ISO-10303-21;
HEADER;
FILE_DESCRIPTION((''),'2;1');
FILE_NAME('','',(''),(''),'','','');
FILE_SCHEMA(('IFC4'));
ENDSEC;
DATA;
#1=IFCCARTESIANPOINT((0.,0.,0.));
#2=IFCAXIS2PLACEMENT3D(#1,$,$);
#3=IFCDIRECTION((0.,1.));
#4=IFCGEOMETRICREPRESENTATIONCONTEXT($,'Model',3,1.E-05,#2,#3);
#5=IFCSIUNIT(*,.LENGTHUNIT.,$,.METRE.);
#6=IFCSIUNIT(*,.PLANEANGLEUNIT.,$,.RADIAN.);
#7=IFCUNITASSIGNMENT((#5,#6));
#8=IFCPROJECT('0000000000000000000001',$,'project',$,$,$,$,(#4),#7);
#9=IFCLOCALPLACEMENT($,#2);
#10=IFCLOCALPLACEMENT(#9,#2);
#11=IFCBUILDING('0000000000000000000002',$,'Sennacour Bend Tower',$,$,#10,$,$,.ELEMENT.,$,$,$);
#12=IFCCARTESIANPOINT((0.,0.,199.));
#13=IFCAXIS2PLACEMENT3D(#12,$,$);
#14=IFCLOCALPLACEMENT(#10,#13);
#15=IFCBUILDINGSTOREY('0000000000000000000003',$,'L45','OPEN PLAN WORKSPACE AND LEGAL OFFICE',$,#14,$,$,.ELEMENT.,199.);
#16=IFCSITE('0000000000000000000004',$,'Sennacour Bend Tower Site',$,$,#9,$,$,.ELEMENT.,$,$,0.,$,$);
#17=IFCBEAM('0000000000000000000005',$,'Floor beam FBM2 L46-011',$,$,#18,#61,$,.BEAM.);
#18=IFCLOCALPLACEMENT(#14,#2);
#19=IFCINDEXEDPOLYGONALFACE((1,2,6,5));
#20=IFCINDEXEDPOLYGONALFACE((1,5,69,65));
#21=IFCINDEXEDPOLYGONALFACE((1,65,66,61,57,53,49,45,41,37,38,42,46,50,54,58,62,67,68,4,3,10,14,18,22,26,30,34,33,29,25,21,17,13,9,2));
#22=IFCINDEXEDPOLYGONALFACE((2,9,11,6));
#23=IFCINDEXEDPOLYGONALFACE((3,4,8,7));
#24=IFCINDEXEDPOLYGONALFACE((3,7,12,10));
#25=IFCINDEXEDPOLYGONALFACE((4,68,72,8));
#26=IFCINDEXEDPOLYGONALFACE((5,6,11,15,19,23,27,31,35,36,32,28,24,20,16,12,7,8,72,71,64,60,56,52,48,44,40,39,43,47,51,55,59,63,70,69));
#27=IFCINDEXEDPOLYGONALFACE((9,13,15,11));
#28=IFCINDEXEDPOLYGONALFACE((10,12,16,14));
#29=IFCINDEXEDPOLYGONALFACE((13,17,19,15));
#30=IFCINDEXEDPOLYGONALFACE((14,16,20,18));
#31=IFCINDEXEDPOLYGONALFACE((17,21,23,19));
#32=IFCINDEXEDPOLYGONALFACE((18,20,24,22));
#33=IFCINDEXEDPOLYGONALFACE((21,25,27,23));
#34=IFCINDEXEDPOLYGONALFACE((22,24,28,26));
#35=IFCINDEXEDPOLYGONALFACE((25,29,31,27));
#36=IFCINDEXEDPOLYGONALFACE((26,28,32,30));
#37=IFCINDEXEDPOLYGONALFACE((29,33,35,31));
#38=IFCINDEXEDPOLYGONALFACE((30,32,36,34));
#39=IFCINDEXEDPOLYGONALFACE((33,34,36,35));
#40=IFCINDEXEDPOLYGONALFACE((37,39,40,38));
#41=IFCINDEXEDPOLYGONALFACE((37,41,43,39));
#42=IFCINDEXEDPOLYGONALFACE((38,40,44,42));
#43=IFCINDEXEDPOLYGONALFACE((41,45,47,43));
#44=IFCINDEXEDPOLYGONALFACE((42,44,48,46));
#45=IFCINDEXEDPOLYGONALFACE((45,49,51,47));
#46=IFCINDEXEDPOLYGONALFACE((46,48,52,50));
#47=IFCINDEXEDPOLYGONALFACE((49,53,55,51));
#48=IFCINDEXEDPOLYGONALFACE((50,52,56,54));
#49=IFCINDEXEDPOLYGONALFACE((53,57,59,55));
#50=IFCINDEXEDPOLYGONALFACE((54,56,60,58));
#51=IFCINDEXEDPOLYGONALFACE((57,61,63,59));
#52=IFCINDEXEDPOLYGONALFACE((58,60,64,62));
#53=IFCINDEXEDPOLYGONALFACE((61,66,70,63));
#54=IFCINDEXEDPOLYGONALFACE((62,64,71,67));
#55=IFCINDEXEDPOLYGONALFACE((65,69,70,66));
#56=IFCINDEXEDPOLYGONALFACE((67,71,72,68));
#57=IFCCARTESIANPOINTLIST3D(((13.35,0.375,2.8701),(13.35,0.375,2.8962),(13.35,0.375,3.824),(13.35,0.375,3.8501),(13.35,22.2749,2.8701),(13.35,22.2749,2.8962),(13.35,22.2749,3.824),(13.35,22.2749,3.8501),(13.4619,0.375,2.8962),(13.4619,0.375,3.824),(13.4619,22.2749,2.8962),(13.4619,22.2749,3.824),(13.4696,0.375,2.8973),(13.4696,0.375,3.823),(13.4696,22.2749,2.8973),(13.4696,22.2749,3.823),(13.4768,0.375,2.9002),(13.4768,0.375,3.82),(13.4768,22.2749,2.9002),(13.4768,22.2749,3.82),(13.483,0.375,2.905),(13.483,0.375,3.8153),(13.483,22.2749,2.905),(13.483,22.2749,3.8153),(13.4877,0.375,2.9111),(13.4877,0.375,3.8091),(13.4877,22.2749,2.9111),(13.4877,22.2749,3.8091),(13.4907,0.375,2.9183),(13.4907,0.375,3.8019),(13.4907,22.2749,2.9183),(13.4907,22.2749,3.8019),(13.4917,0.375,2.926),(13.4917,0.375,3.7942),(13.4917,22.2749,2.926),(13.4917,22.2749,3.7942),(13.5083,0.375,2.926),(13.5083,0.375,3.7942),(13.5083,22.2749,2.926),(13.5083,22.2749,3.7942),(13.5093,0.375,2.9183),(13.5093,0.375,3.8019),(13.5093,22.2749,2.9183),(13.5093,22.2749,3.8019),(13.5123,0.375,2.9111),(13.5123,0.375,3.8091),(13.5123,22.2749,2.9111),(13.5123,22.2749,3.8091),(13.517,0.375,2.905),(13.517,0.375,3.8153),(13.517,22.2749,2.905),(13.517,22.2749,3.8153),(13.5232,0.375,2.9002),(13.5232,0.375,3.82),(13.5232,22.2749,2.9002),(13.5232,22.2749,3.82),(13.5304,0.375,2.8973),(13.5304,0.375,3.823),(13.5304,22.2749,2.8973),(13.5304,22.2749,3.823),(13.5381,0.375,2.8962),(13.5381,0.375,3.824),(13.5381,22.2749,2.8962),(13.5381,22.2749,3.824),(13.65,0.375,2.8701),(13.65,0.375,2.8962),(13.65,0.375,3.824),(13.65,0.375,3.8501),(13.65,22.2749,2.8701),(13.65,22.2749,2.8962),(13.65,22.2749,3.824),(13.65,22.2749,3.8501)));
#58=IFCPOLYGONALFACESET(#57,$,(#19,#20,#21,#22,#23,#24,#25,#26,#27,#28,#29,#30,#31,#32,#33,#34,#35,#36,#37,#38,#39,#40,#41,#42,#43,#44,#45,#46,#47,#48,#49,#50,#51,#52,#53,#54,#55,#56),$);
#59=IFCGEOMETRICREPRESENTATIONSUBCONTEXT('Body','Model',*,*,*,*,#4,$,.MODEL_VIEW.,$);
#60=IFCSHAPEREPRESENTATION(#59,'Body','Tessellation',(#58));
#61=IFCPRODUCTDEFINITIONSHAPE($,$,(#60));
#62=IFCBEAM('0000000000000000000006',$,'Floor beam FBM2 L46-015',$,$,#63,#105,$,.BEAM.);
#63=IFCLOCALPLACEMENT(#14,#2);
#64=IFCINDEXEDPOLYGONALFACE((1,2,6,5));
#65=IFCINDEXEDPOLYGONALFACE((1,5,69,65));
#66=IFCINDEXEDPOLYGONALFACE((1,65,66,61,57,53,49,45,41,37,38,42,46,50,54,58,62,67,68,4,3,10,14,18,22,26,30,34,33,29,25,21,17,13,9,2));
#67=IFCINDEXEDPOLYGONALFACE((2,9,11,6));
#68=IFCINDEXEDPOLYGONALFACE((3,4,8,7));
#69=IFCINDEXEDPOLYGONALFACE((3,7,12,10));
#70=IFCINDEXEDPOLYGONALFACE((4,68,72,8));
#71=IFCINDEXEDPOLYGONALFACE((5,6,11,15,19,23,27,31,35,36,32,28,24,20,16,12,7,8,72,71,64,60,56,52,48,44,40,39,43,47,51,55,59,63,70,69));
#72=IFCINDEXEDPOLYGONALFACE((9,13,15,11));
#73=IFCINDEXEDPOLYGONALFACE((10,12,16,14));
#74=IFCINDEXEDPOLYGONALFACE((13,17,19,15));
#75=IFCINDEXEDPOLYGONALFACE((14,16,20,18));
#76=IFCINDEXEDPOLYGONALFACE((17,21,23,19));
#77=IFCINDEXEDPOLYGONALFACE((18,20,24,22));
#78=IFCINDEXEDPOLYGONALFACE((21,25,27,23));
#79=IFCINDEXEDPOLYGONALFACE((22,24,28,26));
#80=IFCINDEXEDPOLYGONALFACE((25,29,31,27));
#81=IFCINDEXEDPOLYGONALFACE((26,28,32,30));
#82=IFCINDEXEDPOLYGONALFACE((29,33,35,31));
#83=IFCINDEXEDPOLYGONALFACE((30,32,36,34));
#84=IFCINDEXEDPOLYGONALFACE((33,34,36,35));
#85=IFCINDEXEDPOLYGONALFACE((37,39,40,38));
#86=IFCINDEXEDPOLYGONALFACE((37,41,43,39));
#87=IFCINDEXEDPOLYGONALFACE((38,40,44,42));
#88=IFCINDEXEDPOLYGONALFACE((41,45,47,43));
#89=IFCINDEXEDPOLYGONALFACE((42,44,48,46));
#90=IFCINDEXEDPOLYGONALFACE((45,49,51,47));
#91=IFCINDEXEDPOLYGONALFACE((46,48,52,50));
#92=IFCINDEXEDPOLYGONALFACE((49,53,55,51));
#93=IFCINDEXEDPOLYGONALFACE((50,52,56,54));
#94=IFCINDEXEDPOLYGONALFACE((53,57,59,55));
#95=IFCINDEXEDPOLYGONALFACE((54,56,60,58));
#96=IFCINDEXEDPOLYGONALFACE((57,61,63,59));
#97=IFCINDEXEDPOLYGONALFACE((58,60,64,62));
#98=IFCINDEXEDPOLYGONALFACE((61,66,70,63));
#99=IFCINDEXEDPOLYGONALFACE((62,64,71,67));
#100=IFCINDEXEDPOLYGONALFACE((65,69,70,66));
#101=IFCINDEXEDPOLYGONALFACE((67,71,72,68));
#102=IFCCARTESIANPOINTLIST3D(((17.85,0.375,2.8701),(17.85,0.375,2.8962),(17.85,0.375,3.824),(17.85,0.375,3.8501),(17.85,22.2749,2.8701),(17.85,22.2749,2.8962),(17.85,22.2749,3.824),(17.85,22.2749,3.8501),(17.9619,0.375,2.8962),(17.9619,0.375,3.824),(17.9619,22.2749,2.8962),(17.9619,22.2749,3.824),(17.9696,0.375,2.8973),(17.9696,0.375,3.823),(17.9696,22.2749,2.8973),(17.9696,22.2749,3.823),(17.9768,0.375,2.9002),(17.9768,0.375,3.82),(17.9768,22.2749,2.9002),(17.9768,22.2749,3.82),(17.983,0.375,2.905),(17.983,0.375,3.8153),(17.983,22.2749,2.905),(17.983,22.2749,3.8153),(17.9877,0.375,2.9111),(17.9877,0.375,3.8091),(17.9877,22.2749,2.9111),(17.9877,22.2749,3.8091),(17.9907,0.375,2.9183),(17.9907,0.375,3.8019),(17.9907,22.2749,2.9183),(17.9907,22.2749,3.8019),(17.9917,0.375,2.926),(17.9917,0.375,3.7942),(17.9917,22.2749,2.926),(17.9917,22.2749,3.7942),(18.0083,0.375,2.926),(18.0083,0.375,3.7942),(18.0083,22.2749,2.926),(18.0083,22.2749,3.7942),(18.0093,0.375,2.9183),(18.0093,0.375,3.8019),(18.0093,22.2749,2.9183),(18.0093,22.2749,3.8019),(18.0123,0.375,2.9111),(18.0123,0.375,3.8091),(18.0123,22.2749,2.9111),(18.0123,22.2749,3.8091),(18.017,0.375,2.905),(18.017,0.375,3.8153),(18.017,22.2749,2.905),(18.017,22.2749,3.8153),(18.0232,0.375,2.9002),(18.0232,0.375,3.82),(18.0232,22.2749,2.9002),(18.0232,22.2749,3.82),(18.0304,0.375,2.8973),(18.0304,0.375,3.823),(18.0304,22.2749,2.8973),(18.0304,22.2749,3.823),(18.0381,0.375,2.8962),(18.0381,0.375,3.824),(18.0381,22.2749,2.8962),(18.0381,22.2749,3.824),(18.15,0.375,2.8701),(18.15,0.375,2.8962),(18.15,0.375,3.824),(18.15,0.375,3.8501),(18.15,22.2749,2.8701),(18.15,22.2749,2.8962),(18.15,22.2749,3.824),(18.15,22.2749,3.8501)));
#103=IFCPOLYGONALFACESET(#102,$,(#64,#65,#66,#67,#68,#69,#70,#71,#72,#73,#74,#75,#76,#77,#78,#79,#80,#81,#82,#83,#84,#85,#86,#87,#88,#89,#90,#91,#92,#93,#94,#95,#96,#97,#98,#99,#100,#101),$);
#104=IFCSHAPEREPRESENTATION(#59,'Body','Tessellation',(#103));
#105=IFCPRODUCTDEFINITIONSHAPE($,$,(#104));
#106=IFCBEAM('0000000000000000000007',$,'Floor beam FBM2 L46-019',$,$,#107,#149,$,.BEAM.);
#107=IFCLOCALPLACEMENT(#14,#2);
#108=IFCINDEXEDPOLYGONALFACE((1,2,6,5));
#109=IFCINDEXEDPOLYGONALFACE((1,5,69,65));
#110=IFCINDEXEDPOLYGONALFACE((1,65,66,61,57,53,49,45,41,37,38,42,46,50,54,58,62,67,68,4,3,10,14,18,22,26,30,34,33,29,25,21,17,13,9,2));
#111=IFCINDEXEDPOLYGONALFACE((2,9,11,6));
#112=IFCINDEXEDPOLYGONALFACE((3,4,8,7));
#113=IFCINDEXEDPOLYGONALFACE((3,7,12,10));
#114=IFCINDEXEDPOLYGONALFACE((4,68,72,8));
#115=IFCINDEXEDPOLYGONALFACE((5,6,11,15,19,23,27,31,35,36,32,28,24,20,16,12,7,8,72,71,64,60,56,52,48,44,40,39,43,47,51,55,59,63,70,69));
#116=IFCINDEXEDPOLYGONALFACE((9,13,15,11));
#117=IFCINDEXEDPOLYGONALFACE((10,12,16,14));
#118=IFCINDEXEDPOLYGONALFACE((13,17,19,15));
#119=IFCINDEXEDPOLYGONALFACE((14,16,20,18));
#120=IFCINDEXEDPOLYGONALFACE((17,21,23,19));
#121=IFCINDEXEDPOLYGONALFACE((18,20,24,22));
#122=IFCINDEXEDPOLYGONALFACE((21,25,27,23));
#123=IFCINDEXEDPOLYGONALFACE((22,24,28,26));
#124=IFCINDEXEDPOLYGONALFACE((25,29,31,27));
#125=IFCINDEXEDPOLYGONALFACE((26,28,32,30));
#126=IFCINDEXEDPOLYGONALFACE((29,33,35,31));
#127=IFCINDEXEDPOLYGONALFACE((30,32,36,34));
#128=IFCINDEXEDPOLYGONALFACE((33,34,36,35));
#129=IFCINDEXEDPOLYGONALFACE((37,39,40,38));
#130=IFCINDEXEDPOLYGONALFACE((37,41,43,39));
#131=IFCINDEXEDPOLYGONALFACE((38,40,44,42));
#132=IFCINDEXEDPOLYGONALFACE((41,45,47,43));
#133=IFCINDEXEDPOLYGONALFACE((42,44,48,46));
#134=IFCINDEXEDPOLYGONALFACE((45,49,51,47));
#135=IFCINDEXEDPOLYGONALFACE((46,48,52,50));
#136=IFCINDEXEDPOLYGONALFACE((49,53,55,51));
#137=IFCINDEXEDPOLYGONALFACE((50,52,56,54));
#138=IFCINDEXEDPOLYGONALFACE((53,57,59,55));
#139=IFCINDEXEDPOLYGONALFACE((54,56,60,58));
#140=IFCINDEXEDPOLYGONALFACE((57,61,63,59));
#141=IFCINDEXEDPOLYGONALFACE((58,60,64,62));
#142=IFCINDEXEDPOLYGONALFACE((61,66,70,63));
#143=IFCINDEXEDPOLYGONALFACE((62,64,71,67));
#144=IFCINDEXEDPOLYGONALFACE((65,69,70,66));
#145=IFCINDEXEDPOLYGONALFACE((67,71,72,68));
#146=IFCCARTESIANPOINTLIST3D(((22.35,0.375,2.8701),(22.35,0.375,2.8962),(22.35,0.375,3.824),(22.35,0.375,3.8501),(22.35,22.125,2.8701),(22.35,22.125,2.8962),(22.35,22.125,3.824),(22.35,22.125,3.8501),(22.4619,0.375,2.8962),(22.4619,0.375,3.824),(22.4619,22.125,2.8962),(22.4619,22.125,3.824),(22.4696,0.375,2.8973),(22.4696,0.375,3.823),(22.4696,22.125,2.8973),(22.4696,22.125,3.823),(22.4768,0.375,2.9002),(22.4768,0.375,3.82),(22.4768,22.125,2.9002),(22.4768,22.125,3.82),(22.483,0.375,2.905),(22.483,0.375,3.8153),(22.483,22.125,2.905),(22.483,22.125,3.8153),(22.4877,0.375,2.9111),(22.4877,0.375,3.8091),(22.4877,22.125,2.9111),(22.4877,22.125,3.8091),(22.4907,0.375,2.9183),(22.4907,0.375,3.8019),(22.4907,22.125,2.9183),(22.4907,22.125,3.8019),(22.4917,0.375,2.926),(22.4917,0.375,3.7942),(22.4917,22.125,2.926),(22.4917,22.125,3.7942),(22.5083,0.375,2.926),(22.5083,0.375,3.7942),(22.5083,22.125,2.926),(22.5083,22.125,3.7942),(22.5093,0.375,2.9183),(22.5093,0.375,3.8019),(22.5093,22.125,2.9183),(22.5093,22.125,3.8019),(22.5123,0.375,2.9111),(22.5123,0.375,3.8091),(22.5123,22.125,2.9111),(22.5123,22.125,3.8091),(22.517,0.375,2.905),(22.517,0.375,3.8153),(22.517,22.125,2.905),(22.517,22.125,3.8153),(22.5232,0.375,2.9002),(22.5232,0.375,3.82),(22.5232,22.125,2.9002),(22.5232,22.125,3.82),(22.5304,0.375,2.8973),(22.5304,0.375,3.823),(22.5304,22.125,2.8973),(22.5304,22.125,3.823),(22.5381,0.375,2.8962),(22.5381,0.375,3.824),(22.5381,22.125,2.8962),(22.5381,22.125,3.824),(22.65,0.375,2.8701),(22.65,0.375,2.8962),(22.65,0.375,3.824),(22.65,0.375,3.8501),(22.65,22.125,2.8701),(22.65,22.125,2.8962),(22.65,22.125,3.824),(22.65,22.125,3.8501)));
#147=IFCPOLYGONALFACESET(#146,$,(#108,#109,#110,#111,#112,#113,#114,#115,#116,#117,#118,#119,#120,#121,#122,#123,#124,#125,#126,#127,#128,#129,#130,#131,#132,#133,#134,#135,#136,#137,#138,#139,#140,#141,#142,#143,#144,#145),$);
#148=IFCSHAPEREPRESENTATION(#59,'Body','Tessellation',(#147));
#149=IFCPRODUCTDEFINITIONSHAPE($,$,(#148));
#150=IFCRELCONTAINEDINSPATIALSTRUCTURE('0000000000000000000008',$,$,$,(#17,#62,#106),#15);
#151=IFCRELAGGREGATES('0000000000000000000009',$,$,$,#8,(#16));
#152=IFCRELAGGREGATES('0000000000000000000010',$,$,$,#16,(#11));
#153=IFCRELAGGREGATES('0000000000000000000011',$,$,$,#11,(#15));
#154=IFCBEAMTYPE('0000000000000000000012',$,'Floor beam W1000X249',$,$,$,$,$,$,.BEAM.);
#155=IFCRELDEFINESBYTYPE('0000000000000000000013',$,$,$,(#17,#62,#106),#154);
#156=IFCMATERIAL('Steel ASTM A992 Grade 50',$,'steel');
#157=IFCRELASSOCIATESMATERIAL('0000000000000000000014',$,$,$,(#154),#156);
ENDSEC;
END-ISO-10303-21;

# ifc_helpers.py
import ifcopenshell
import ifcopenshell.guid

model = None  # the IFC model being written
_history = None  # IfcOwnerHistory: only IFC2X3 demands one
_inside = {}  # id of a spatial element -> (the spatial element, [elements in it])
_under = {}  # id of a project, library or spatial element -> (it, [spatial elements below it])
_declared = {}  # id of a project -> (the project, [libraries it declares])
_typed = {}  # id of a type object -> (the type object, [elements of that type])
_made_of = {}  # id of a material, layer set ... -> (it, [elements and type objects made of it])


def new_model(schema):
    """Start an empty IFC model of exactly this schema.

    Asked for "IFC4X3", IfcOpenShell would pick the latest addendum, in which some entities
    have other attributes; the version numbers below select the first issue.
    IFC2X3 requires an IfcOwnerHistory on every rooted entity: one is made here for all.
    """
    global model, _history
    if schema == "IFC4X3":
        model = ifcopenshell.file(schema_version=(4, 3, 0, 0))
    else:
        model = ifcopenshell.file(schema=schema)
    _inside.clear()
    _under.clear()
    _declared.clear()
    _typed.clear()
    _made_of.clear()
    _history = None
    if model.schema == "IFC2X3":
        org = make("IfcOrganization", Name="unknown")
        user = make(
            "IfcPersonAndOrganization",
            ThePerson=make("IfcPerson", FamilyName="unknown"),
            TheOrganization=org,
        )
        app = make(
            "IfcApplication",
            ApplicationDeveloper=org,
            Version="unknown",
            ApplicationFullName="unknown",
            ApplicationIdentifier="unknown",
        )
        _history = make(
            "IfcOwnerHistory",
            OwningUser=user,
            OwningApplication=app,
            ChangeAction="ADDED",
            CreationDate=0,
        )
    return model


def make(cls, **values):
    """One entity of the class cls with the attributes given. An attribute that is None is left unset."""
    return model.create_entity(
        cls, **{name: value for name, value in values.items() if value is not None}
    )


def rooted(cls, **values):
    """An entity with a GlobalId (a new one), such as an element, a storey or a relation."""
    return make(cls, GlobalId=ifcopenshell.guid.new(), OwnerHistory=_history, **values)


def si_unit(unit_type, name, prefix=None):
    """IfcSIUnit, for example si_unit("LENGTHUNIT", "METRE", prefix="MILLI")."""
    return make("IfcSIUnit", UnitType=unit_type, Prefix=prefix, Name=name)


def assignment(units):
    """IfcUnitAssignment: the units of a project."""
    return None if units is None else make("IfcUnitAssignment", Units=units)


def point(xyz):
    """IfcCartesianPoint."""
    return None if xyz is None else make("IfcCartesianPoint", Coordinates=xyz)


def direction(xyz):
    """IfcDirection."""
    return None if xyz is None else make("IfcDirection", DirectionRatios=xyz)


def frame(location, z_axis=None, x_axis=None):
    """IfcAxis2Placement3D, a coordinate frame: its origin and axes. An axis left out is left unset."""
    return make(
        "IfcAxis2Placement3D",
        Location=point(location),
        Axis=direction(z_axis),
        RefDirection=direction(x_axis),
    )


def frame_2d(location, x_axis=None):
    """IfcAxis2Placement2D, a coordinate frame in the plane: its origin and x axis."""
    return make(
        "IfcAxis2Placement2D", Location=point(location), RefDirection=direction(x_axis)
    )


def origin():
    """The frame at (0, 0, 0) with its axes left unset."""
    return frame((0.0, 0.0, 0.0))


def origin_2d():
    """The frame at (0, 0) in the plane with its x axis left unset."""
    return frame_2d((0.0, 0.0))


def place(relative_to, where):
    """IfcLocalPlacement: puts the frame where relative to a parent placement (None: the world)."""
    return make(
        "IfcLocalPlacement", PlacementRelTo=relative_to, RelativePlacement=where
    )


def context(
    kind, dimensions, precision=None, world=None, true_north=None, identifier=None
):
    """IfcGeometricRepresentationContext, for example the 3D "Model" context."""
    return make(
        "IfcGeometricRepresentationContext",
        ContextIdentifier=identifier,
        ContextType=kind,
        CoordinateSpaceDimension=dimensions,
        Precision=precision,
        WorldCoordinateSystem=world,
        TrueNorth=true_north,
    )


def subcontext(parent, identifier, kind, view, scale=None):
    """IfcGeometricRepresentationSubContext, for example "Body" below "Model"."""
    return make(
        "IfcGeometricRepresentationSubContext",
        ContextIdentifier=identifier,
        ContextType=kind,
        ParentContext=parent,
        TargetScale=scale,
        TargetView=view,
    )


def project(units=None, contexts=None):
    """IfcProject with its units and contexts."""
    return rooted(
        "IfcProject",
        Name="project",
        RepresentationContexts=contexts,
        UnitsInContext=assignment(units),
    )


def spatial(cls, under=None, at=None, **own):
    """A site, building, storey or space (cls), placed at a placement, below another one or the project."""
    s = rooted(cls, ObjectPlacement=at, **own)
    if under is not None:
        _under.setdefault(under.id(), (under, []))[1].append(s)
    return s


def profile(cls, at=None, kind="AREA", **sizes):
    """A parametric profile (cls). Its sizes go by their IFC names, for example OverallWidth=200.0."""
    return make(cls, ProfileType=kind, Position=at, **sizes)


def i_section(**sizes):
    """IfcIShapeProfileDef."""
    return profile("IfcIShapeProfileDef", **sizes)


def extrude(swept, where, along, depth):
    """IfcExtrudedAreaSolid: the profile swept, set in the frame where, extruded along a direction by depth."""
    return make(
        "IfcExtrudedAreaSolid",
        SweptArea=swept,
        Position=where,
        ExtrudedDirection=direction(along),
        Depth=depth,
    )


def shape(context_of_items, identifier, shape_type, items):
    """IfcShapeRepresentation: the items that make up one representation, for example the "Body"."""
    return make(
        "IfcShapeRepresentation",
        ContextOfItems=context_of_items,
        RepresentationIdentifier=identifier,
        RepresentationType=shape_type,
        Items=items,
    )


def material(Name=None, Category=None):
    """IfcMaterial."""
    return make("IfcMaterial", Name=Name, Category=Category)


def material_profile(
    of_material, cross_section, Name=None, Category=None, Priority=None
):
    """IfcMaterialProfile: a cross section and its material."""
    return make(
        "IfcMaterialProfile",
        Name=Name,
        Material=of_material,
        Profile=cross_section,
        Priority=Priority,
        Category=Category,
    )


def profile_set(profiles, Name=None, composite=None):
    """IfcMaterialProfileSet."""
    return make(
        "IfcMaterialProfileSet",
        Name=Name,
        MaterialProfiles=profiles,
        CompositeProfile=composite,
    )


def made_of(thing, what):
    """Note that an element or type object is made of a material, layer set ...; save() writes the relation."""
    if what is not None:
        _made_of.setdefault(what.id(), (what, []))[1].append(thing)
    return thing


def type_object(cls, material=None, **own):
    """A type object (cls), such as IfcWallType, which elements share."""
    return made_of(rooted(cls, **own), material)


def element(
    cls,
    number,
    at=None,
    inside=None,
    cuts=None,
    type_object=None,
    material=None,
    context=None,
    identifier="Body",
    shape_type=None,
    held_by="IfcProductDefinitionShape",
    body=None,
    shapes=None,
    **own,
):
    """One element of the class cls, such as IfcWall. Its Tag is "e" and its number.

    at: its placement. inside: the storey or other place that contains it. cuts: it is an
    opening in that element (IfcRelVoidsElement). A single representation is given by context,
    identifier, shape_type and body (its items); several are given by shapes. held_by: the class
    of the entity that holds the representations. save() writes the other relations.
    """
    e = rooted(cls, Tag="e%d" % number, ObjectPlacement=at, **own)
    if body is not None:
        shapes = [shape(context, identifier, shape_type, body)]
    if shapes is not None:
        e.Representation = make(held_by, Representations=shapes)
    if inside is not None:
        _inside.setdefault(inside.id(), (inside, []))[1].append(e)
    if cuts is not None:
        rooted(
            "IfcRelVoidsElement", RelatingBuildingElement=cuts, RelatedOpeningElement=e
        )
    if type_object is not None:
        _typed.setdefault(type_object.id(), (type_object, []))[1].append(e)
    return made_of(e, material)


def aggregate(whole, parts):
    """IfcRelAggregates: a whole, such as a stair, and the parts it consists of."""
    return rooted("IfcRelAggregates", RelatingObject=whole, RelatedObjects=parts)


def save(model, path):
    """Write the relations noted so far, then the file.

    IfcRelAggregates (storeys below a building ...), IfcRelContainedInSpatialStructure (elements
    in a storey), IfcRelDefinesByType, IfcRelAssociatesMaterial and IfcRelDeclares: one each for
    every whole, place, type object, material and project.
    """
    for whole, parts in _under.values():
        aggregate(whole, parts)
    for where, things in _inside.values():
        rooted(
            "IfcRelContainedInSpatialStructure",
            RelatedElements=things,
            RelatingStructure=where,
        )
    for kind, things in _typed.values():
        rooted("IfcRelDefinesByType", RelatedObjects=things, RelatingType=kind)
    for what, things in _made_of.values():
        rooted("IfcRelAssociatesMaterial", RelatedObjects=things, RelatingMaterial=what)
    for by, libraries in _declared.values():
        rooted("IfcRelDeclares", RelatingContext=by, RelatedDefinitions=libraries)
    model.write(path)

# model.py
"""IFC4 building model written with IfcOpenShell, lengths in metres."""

from ifc_helpers import new_model, si_unit, direction, frame, origin, origin_2d, place, context, subcontext, project, spatial, i_section, extrude, material, material_profile, profile_set, type_object, element, save


model = new_model("IFC4")

# Units and contexts
model_context = context("Model", 3, precision=1e-05, world=origin(), true_north=direction((0.0, 1.0)))
body_context = subcontext(model_context, "Body", "Model", "MODEL_VIEW")
ifc_project = project(units=[si_unit("LENGTHUNIT", "METRE"), si_unit("PLANEANGLEUNIT", "RADIAN")], contexts=[model_context])

# Site, building, storey
site_placement = place(None, origin())
site = spatial("IfcSite", under=ifc_project, at=site_placement, Name="Sennacour Bend Tower Site", CompositionType="ELEMENT", RefElevation=0.0)
building_placement = place(site_placement, origin())
building = spatial("IfcBuilding", under=site, at=building_placement, Name="Sennacour Bend Tower", CompositionType="ELEMENT")
storey_placement = place(building_placement, frame((0.0, 0.0, 199.0)))
storey = spatial("IfcBuildingStorey", under=building, at=storey_placement, Name="L45", Description="OPEN PLAN WORKSPACE AND LEGAL OFFICE", CompositionType="ELEMENT", Elevation=199.0)

# Beams
ifc_material_1 = material(Name="Steel ASTM A992 Grade 50", Category="steel")
ifc_material_profile = material_profile(ifc_material_1, i_section(OverallWidth=0.3, OverallDepth=0.98, WebThickness=0.0166, FlangeThickness=0.0261, FilletRadius=0.0298, at=origin_2d()), Name="Steel ASTM A992 Grade 50", Category="steel")
ifc_profile_set = profile_set([ifc_material_profile], Name="Steel ASTM A992 Grade 50")
beam_type = type_object("IfcBeamType", Name="Floor beam W1000X249", PredefinedType="BEAM", material=ifc_profile_set)
for number, where, z_axis, x_axis, name in (
    (1, (13.5, 0.375, 3.3601), (0.0, 1.0, 0.0), (-1.0, 0.0, 0.0), "Floor beam FBM2 L46-011"),
    (2, (18.0, 0.375, 3.3601), (0.0, 1.0, 0.0), (-1.0, 0.0, 0.0), "Floor beam FBM2 L46-015"),
):
    element("IfcBeam", number, at=place(storey_placement, frame(where, z_axis=z_axis, x_axis=x_axis)), inside=storey, type_object=beam_type, Name=name, PredefinedType="BEAM", context=body_context, shape_type="SweptSolid", body=[
        extrude(i_section(OverallWidth=0.3, OverallDepth=0.98, WebThickness=0.0166, FlangeThickness=0.0261, FilletRadius=0.0298, at=origin_2d()), origin(), (0.0, 0.0, 1.0), 21.8999),
    ])
beam_placement = place(storey_placement, frame((22.5, 0.375, 3.3601), z_axis=(0.0, 1.0, 0.0), x_axis=(-1.0, 0.0, 0.0)))
element("IfcBeam", 3, at=beam_placement, inside=storey, type_object=beam_type, Name="Floor beam FBM2 L46-019", PredefinedType="BEAM", context=body_context, shape_type="SweptSolid", body=[
    extrude(i_section(OverallWidth=0.3, OverallDepth=0.98, WebThickness=0.0166, FlangeThickness=0.0261, FilletRadius=0.0298, at=origin_2d()), origin(), (0.0, 0.0, 1.0), 21.75),
])

save(model, "model.ifc")
